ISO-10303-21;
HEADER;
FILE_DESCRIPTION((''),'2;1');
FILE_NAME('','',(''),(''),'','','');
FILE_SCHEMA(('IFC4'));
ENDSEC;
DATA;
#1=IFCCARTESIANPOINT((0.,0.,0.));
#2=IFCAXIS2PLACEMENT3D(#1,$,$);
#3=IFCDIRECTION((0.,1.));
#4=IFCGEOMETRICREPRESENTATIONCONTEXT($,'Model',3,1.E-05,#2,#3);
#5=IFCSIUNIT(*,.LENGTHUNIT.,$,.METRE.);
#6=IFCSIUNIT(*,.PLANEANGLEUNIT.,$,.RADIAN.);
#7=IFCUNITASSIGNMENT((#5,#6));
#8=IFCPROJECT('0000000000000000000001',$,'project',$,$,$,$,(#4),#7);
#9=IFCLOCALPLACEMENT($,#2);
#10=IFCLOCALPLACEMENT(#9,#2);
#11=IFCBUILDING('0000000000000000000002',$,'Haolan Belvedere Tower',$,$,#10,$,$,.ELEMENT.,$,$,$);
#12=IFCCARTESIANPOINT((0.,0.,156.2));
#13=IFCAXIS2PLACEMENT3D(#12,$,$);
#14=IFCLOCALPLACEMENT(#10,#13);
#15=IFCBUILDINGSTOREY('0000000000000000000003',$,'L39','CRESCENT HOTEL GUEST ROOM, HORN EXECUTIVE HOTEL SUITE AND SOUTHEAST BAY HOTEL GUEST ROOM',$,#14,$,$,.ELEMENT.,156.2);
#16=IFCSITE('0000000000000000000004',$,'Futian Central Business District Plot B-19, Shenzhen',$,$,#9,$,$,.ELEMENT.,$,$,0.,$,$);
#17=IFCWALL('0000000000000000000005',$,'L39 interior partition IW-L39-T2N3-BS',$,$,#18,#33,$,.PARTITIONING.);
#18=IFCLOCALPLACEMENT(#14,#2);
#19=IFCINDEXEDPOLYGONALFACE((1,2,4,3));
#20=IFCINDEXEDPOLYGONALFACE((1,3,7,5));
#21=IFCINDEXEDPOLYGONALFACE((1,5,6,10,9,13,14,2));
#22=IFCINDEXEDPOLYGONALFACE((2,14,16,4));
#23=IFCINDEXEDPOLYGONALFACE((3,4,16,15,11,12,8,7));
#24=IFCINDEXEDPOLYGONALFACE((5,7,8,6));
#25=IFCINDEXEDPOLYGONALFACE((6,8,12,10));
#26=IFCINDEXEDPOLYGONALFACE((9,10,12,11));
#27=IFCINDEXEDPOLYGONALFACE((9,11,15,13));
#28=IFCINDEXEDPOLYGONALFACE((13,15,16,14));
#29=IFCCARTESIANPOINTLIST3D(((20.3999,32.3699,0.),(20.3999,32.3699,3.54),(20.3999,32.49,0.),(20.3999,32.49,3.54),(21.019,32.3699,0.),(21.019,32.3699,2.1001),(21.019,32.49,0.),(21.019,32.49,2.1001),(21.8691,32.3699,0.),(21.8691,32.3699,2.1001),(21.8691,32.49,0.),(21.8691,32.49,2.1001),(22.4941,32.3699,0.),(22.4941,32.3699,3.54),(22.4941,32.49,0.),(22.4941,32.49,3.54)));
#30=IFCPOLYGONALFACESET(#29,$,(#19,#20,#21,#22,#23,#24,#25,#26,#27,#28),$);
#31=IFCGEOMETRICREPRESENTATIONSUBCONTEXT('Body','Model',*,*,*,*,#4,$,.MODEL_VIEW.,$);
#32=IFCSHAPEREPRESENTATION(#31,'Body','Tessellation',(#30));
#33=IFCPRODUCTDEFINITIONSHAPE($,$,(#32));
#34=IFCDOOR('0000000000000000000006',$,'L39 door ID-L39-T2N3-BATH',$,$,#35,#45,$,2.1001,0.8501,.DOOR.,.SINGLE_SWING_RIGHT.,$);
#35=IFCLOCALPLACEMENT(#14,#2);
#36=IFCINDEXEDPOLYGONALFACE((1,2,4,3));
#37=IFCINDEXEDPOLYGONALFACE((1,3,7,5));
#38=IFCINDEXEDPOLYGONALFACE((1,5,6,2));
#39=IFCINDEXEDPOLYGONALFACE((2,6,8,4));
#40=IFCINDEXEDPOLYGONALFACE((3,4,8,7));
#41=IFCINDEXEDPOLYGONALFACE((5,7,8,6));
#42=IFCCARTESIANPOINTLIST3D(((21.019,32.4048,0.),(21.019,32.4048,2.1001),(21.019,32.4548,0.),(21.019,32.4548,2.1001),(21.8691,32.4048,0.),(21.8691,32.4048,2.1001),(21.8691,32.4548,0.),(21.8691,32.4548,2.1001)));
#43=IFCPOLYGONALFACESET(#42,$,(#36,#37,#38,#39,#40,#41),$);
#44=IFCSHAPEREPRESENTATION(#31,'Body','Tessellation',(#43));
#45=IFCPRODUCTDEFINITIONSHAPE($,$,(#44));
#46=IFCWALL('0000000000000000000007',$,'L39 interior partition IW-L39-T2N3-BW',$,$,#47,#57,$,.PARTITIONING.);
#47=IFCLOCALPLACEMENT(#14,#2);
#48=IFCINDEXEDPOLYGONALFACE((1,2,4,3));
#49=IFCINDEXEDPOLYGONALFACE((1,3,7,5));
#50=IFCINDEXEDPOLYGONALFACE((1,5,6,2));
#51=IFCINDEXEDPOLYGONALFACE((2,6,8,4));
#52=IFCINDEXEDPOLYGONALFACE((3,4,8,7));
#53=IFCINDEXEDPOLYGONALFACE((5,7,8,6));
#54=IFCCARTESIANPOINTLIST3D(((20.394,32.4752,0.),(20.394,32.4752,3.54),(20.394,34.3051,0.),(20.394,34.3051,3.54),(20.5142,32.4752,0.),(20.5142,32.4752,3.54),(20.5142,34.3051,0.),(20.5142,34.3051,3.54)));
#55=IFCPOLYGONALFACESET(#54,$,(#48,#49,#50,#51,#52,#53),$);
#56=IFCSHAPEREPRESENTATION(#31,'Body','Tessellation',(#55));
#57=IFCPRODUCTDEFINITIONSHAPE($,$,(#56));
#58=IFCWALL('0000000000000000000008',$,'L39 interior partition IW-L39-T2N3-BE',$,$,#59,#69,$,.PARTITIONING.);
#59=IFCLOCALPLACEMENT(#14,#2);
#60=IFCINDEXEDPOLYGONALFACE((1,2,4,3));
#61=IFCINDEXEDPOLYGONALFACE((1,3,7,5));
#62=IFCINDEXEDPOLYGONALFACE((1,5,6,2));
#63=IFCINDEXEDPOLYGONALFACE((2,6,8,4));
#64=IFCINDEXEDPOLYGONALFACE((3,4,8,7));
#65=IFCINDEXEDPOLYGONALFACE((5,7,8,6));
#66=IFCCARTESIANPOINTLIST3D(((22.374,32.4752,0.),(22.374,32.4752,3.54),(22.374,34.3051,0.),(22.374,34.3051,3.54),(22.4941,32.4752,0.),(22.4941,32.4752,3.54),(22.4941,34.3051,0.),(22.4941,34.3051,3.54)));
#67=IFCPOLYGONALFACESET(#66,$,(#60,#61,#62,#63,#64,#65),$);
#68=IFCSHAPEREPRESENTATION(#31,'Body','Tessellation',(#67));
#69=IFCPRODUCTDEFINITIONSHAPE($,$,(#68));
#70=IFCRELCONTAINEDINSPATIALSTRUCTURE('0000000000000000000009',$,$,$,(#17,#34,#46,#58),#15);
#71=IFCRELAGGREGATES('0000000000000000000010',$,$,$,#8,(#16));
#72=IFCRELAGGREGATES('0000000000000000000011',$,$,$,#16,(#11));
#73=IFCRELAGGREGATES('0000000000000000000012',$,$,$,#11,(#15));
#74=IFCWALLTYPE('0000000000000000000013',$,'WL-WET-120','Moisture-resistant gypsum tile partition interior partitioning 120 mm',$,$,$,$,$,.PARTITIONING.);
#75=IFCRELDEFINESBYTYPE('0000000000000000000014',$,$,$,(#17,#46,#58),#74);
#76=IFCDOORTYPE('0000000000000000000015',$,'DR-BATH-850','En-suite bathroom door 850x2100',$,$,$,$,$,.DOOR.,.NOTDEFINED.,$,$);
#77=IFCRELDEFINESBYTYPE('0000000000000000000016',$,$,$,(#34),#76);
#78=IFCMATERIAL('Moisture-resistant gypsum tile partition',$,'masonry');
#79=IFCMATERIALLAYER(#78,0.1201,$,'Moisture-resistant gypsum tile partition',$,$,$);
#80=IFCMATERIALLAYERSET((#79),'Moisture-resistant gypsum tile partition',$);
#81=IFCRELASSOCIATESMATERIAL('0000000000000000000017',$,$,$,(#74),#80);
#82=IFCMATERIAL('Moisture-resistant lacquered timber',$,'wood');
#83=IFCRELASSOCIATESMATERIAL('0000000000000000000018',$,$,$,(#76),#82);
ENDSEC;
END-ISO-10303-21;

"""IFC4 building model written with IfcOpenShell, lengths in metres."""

from ifc_helpers import new_model, si_unit, direction, frame, frame_2d, origin, place, context, subcontext, project, spatial, rectangle, extrude, material, layer, layer_set, type_object, element, fill, save


model = new_model("IFC4")

# Units and contexts
model_context = context("Model", 3, precision=1e-05, world=origin(), true_north=direction((0.0, 1.0)))
body_context = subcontext(model_context, "Body", "Model", "MODEL_VIEW")
ifc_project = project(units=[si_unit("LENGTHUNIT", "METRE"), si_unit("PLANEANGLEUNIT", "RADIAN")], contexts=[model_context])

# Site, building, storey
site_placement = place(None, origin())
site = spatial("IfcSite", under=ifc_project, at=site_placement, Name="Futian Central Business District Plot B-19, Shenzhen", CompositionType="ELEMENT", RefElevation=0.0)
building_placement = place(site_placement, origin())
building = spatial("IfcBuilding", under=site, at=building_placement, Name="Haolan Belvedere Tower", CompositionType="ELEMENT")
storey_placement = place(building_placement, frame((0.0, 0.0, 156.2)))
storey = spatial("IfcBuildingStorey", under=building, at=storey_placement, Name="L39", Description="CRESCENT HOTEL GUEST ROOM, HORN EXECUTIVE HOTEL SUITE AND SOUTHEAST BAY HOTEL GUEST ROOM", CompositionType="ELEMENT", Elevation=156.2)

# Shared definitions
ifc_material_1 = material(Name="Moisture-resistant gypsum tile partition", Category="masonry")
ifc_layer_1 = layer(ifc_material_1, 0.1201, Name="Moisture-resistant gypsum tile partition")
ifc_layer_set_1 = layer_set([ifc_layer_1], Name="Moisture-resistant gypsum tile partition")
wall_type_1 = type_object("IfcWallType", Name="WL-WET-120", Description="Moisture-resistant gypsum tile partition interior partitioning 120 mm", PredefinedType="PARTITIONING", material=ifc_layer_set_1)
ifc_material_2 = material(Name="Moisture-resistant lacquered timber", Category="wood")
door_type_1 = type_object("IfcDoorType", Name="DR-BATH-850", Description="En-suite bathroom door 850x2100", OperationType="NOTDEFINED", PredefinedType="DOOR", material=ifc_material_2)

# Wall, opening, door
wall_1_placement = place(storey_placement, frame((20.3999, 32.4299, 0.0), z_axis=(0.0, 0.0, 1.0), x_axis=(1.0, 0.0, 0.0)))
wall_1 = element("IfcWall", 1, at=wall_1_placement, inside=storey, type_object=wall_type_1, Name="L39 interior partition IW-L39-T2N3-BS", PredefinedType="PARTITIONING", context=body_context, shape_type="SweptSolid", body=[
    extrude(rectangle(XDim=2.0942, YDim=0.1201, at=frame_2d((1.0471, 0.0))), origin(), (0.0, 0.0, 1.0), 3.54),
])
opening_1_placement = place(wall_1_placement, frame((0.6191, 0.0, 0.0)))
opening_1 = element("IfcOpeningElement", 2, at=opening_1_placement, cuts=wall_1, PredefinedType="OPENING", context=body_context, shape_type="SweptSolid", body=[
    extrude(rectangle(XDim=0.8501, YDim=2.1001, at=frame_2d((0.425, 1.05))), frame((0.0, 0.0701, 0.0), z_axis=(0.0, -1.0, 0.0), x_axis=(1.0, 0.0, 0.0)), (0.0, 0.0, 1.0), 0.1401),
])
door_1_placement = place(opening_1_placement, origin())
door_1 = element("IfcDoor", 3, at=door_1_placement, inside=storey, type_object=door_type_1, Name="L39 door ID-L39-T2N3-BATH", OperationType="SINGLE_SWING_RIGHT", OverallHeight=2.1001, OverallWidth=0.8501, PredefinedType="DOOR", context=body_context, shape_type="SweptSolid", body=[
    extrude(rectangle(XDim=0.8501, YDim=2.1001, at=frame_2d((0.425, 1.05))), frame((0.0, 0.0249, 0.0), z_axis=(0.0, -1.0, 0.0), x_axis=(1.0, 0.0, 0.0)), (0.0, 0.0, 1.0), 0.05),
])
fill(opening_1, door_1)

# Walls
for number, where, z_axis, x_axis, name in (
    (4, (20.4541, 32.4751, 0.0), (0.0, 0.0, 1.0), (0.0, 1.0, 0.0), "L39 interior partition IW-L39-T2N3-BW"),
    (5, (22.4341, 32.4751, 0.0), (0.0, 0.0, 1.0), (0.0, 1.0, 0.0), "L39 interior partition IW-L39-T2N3-BE"),
):
    element("IfcWall", number, at=place(storey_placement, frame(where, z_axis=z_axis, x_axis=x_axis)), inside=storey, type_object=wall_type_1, Name=name, PredefinedType="PARTITIONING", context=body_context, shape_type="SweptSolid", body=[
        extrude(rectangle(XDim=1.8298, YDim=0.1201, at=frame_2d((0.915, 0.0))), origin(), (0.0, 0.0, 1.0), 3.54),
    ])

save(model, "model.ifc")
